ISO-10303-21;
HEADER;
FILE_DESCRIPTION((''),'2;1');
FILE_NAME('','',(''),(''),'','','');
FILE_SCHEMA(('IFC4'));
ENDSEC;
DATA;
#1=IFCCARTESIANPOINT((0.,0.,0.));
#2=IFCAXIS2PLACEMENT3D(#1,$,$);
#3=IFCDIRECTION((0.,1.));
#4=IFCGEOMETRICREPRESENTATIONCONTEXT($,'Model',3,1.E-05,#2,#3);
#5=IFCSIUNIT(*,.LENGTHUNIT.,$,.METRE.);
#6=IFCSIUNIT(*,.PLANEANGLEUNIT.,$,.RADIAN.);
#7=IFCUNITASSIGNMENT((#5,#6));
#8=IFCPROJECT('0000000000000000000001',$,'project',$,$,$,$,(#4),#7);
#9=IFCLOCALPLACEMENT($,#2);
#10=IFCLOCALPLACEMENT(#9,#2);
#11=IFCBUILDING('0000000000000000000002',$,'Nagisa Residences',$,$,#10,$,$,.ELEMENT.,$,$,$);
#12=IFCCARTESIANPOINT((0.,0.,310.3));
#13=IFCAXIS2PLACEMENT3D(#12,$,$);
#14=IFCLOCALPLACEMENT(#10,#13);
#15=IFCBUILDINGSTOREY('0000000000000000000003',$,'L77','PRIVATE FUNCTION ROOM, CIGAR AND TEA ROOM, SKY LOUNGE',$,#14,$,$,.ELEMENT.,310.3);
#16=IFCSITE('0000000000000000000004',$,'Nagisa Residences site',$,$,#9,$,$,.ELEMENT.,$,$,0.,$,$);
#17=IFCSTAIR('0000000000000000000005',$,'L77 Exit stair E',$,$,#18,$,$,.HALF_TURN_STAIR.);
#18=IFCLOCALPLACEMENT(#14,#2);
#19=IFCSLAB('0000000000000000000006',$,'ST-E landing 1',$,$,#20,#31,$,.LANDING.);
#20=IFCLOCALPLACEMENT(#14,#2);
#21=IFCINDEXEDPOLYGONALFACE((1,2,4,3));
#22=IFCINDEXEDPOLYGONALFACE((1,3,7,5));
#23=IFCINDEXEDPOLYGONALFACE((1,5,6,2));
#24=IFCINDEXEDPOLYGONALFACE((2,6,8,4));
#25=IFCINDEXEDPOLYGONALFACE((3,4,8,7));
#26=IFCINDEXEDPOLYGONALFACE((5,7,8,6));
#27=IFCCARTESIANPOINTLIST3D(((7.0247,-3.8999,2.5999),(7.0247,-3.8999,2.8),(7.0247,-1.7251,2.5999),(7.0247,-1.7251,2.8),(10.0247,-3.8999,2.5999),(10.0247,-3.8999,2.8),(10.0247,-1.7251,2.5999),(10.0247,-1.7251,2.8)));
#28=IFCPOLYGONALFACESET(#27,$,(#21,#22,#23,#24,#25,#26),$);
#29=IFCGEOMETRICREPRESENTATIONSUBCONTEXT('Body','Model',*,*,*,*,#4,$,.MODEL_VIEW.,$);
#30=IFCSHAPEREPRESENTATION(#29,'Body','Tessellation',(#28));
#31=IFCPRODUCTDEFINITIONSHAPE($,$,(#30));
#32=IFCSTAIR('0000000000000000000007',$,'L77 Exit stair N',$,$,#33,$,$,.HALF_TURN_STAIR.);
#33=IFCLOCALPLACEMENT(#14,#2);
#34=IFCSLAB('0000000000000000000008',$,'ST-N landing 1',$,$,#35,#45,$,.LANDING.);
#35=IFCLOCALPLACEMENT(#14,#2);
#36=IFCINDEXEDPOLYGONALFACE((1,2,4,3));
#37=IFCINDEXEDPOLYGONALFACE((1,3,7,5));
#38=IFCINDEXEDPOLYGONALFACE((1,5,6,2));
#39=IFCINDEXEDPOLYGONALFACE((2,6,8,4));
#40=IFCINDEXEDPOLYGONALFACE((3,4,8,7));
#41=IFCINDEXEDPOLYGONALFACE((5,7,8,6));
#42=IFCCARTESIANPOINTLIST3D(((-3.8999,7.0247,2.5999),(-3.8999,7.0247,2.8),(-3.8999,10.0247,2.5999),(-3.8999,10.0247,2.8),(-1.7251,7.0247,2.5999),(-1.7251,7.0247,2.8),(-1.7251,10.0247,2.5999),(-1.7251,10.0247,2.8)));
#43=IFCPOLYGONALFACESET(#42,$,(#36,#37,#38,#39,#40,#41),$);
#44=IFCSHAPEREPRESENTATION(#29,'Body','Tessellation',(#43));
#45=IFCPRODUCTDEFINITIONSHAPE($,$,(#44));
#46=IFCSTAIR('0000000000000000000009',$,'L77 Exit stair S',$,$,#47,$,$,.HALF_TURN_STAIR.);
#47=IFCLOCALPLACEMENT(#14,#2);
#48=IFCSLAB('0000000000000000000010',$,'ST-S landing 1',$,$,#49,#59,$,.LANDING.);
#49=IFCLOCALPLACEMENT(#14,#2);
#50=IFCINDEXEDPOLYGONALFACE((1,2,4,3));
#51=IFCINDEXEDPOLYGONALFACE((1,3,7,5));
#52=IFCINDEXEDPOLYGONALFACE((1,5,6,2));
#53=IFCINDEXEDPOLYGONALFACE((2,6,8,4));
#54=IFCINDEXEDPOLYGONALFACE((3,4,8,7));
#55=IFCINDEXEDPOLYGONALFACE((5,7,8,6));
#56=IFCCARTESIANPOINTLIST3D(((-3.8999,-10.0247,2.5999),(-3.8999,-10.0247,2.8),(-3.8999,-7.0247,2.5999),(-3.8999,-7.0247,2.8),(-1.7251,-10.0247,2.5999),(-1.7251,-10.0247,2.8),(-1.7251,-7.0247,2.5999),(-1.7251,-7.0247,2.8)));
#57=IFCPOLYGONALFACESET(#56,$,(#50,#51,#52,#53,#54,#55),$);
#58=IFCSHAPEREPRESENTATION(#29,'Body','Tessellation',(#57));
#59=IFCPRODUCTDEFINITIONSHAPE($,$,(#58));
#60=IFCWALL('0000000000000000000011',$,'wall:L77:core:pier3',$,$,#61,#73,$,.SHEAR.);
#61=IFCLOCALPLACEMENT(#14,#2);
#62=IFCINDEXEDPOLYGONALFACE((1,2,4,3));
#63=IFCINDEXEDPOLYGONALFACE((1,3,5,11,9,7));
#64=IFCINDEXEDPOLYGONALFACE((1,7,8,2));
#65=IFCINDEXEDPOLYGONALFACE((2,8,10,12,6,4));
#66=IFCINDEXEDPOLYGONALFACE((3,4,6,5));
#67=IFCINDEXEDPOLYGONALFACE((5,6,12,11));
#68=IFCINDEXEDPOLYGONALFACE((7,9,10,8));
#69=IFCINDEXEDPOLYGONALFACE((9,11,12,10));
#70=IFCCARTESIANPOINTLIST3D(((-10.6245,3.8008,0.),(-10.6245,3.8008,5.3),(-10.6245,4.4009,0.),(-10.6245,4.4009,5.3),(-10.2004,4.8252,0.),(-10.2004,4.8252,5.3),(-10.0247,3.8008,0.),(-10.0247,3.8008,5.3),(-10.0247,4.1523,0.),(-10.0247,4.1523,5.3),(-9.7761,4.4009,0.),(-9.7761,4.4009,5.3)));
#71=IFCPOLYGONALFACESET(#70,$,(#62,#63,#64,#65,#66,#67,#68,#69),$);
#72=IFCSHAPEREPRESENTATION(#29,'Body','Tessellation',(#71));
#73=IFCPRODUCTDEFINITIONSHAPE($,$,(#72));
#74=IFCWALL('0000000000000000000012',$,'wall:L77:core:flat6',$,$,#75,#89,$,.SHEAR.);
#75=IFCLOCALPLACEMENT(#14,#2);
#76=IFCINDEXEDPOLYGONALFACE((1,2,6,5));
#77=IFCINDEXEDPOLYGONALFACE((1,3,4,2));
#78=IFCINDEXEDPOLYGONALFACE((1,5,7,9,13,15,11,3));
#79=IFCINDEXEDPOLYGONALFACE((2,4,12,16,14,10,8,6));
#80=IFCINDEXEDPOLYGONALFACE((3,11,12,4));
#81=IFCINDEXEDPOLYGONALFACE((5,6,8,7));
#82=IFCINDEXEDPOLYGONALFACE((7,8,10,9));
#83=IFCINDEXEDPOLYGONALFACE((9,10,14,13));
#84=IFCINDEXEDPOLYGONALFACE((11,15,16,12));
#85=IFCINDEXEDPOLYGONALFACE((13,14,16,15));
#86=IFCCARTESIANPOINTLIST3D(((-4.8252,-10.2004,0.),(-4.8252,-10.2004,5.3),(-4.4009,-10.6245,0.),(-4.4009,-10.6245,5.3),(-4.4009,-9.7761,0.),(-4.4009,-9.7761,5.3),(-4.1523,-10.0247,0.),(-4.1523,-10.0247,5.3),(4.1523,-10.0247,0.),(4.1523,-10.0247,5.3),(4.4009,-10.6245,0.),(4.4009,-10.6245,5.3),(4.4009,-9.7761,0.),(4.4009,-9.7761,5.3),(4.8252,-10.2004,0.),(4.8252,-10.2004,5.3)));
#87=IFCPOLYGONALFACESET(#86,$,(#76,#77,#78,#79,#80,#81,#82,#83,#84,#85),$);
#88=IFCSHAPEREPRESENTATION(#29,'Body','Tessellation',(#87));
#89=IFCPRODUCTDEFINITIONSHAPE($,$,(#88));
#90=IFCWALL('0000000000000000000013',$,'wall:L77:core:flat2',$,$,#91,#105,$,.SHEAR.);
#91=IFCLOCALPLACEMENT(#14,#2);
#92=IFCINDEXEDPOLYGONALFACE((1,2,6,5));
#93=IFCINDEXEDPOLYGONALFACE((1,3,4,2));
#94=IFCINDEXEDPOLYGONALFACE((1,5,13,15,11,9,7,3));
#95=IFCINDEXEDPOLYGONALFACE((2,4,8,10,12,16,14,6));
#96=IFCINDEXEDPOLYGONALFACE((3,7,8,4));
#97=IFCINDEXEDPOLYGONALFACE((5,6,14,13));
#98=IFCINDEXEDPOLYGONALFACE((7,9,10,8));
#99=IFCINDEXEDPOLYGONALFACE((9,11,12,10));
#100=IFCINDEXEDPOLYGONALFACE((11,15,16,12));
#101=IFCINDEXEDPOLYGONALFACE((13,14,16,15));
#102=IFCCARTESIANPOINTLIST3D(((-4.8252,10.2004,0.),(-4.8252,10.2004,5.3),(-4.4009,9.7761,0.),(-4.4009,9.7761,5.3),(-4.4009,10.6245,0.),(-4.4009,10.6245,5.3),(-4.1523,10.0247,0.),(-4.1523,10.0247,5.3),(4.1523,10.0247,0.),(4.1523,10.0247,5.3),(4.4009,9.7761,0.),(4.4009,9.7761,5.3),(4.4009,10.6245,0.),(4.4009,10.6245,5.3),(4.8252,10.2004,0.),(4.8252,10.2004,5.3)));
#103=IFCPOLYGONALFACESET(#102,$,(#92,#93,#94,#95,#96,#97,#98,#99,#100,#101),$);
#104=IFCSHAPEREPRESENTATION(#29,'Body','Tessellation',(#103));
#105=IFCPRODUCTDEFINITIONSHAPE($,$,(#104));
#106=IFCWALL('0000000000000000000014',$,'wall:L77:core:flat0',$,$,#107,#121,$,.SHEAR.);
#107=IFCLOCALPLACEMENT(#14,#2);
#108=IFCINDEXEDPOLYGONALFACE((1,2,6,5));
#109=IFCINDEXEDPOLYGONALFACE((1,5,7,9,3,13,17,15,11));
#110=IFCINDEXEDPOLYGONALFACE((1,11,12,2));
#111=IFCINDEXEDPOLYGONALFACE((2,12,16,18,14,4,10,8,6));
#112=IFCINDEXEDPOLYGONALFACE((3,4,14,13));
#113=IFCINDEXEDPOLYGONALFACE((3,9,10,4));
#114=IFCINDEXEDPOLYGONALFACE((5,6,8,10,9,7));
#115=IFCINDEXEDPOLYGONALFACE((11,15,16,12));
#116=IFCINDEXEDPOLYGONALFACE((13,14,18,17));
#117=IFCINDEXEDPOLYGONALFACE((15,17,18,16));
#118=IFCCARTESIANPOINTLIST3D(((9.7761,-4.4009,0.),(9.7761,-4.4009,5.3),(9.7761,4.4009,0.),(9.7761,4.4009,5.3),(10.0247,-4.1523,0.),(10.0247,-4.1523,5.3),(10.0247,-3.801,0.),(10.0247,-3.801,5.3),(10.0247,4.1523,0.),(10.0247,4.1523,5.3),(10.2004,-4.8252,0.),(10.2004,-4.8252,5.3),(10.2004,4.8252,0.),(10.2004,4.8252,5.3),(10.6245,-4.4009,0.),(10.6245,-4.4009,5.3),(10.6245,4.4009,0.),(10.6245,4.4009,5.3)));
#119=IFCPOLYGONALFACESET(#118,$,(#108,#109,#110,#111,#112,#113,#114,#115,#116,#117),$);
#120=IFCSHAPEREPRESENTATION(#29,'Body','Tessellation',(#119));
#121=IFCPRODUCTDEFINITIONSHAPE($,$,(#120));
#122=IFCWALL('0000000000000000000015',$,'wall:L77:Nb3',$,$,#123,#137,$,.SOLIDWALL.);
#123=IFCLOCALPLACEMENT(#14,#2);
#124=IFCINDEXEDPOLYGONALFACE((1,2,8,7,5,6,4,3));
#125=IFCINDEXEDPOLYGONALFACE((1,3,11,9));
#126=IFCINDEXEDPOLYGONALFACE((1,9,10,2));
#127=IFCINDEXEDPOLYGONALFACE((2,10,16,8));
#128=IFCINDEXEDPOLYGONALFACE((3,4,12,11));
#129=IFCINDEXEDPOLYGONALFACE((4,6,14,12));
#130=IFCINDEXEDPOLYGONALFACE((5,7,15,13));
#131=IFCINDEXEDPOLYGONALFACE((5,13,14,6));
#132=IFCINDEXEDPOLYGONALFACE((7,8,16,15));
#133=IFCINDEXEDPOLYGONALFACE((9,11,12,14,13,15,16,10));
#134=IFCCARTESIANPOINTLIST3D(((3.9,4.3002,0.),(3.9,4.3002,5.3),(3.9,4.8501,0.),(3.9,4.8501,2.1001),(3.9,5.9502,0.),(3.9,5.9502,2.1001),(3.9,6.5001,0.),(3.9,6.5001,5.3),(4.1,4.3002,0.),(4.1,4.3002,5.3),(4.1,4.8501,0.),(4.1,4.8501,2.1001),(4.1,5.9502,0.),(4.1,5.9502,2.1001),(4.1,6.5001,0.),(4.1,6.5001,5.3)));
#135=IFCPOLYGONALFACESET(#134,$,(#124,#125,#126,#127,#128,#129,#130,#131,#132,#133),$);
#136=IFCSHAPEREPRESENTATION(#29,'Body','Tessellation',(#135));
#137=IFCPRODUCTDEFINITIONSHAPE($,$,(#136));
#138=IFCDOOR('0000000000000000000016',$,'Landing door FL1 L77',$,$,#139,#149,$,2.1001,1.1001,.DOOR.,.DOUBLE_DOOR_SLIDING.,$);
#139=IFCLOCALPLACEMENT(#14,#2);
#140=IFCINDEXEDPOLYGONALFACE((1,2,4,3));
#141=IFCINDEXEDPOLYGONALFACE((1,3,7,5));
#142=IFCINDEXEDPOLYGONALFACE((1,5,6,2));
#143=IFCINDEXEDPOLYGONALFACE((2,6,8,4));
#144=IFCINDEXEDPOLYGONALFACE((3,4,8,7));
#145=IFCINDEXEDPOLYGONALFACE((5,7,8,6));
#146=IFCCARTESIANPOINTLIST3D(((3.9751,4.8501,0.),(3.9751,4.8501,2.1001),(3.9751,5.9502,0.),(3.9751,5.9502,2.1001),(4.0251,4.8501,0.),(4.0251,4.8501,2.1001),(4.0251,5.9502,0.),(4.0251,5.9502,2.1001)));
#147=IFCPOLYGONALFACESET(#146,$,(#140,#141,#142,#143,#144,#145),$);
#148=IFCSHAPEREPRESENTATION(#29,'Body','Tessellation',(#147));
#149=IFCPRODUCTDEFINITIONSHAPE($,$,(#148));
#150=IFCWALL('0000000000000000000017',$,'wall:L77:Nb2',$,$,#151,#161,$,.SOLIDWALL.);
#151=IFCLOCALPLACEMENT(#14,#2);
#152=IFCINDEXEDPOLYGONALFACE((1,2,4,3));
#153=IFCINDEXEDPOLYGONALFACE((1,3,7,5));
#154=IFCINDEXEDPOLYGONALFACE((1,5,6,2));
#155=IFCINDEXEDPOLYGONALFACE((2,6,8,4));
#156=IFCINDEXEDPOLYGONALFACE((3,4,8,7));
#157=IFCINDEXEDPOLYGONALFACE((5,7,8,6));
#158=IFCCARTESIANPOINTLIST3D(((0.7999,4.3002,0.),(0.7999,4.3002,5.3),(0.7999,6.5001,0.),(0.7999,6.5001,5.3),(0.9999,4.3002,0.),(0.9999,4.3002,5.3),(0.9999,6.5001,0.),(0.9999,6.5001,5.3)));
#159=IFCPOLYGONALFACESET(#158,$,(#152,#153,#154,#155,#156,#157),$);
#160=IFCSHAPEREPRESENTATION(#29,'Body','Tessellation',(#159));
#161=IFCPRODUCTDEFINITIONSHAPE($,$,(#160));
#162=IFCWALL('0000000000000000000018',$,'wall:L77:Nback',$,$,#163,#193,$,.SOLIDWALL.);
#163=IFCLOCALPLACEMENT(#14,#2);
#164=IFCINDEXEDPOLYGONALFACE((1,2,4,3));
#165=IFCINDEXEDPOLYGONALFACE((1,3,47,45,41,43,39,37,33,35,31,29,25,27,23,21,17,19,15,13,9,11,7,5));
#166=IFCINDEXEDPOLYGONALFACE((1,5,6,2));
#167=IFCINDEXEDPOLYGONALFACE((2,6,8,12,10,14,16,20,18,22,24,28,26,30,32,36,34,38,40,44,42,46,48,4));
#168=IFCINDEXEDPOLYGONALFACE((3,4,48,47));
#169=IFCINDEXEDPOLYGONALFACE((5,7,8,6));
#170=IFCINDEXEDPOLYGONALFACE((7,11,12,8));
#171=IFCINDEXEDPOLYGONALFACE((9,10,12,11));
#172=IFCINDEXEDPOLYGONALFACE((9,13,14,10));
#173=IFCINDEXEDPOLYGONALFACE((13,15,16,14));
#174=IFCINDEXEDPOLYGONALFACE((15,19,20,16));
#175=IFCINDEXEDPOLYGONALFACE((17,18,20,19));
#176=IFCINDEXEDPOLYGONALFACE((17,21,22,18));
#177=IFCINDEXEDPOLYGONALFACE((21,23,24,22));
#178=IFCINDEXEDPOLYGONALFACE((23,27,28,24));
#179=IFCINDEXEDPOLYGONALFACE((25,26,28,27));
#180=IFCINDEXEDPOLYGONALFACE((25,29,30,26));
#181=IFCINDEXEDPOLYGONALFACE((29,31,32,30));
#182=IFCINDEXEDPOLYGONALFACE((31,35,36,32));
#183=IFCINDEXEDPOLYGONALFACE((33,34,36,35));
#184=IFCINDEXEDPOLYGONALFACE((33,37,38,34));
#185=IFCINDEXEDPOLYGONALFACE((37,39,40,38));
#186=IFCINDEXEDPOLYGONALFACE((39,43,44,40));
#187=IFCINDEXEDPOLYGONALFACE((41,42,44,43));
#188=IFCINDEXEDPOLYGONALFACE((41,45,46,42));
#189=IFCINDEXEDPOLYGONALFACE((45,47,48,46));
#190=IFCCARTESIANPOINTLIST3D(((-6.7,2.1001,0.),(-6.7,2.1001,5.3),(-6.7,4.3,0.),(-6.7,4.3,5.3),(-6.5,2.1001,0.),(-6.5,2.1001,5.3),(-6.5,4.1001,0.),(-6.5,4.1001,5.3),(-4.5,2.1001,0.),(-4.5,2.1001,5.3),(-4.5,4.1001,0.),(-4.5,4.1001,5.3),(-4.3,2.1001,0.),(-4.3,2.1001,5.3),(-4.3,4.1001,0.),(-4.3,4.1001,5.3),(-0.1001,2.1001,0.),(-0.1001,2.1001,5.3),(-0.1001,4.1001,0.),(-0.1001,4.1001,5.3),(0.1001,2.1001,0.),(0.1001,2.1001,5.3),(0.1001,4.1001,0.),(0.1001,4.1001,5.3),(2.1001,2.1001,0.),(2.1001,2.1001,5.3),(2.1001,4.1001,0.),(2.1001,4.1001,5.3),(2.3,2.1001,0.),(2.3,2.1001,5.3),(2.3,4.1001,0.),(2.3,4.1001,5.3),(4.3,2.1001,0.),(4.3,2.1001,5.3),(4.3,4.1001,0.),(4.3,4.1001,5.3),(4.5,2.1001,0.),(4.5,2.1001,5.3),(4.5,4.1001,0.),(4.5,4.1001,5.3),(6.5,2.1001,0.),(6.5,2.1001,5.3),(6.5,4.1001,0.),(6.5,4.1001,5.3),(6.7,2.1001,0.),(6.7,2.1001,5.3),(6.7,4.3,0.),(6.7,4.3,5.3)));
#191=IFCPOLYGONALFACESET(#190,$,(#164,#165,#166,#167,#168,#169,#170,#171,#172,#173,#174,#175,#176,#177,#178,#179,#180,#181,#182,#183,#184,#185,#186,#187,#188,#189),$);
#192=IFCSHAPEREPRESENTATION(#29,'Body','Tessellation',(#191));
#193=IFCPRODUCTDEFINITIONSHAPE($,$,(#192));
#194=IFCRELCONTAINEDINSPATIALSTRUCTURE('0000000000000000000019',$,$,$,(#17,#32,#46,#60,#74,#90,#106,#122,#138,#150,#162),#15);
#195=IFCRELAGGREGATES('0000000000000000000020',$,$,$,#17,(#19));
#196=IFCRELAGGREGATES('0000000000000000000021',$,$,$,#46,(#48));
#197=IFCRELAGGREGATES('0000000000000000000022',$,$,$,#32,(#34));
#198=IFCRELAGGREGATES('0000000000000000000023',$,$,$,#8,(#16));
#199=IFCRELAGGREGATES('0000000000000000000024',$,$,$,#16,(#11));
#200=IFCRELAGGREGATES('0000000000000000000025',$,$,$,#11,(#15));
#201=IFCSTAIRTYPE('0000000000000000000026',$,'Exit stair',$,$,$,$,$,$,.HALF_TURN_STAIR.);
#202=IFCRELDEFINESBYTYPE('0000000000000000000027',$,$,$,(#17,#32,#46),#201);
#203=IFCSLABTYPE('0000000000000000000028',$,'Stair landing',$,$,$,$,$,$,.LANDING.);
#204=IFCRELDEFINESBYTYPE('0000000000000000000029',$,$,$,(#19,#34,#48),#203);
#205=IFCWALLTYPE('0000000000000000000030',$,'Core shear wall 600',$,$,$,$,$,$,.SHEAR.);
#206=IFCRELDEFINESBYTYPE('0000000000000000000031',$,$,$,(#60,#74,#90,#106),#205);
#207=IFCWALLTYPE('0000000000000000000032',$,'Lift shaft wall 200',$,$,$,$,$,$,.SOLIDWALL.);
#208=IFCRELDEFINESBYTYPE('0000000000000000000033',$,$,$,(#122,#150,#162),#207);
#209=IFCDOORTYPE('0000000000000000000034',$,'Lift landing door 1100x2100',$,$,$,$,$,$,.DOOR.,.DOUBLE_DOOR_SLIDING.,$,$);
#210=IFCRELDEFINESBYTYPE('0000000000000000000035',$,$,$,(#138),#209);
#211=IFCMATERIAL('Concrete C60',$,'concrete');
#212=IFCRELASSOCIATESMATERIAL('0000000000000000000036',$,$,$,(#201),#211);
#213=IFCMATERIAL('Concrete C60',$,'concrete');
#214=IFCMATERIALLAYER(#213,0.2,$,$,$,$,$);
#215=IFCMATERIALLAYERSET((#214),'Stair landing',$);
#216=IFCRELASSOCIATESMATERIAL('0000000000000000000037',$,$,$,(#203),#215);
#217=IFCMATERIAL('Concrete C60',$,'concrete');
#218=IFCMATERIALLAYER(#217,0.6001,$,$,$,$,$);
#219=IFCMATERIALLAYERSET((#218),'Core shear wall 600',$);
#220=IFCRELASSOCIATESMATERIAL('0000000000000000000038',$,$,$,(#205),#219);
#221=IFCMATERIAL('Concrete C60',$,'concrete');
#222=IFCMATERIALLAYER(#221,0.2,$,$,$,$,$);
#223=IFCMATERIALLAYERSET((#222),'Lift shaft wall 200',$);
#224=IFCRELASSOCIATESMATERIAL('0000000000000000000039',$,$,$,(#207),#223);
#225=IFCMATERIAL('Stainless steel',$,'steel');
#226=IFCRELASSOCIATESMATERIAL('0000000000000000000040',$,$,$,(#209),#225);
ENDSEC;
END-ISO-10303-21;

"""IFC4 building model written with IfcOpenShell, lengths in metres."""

from ifc_helpers import new_model, si_unit, direction, frame, frame_2d, origin, place, context, subcontext, project, spatial, polyline, rectangle, outline, extrude, material, layer, layer_set, type_object, element, fill, aggregate, save


model = new_model("IFC4")

# Units and contexts
model_context = context("Model", 3, precision=1e-05, world=origin(), true_north=direction((0.0, 1.0)))
body_context = subcontext(model_context, "Body", "Model", "MODEL_VIEW")
ifc_project = project(units=[si_unit("LENGTHUNIT", "METRE"), si_unit("PLANEANGLEUNIT", "RADIAN")], contexts=[model_context])

# Site, building, storey
site_placement = place(None, origin())
site = spatial("IfcSite", under=ifc_project, at=site_placement, Name="Nagisa Residences site", CompositionType="ELEMENT", RefElevation=0.0)
building_placement = place(site_placement, origin())
building = spatial("IfcBuilding", under=site, at=building_placement, Name="Nagisa Residences", CompositionType="ELEMENT")
storey_placement = place(building_placement, frame((0.0, 0.0, 310.3)))
storey = spatial("IfcBuildingStorey", under=building, at=storey_placement, Name="L77", Description="PRIVATE FUNCTION ROOM, CIGAR AND TEA ROOM, SKY LOUNGE", CompositionType="ELEMENT", Elevation=310.3)

# Stairs, slabs
ifc_material_1 = material(Name="Concrete C60", Category="concrete")
stair_type = type_object("IfcStairType", Name="Exit stair", PredefinedType="HALF_TURN_STAIR", material=ifc_material_1)
stair_1_placement = place(storey_placement, origin())
stair_1 = element("IfcStair", 1, at=stair_1_placement, inside=storey, type_object=stair_type, Name="L77 Exit stair E", PredefinedType="HALF_TURN_STAIR")
ifc_material_2 = material(Name="Concrete C60", Category="concrete")
ifc_layer_1 = layer(ifc_material_2, 0.2)
ifc_layer_set_1 = layer_set([ifc_layer_1], Name="Stair landing")
slab_type = type_object("IfcSlabType", Name="Stair landing", PredefinedType="LANDING", material=ifc_layer_set_1)
slab_1_placement = place(storey_placement, frame((0.0, 0.0, 2.5999)))
slab_1 = element("IfcSlab", 2, at=slab_1_placement, type_object=slab_type, Name="ST-E landing 1", PredefinedType="LANDING", context=body_context, shape_type="SweptSolid", body=[
    extrude(outline(polyline([(7.0247, -1.7251), (7.0247, -3.8999), (10.0247, -3.8999), (10.0247, -1.7251), (7.0247, -1.7251)])), origin(), (0.0, 0.0, 1.0), 0.2002),
])
aggregate(stair_1, [slab_1])
stair_2_placement = place(storey_placement, origin())
stair_2 = element("IfcStair", 3, at=stair_2_placement, inside=storey, type_object=stair_type, Name="L77 Exit stair N", PredefinedType="HALF_TURN_STAIR")
slab_2_placement = place(storey_placement, frame((0.0, 0.0, 2.5999)))
slab_2 = element("IfcSlab", 4, at=slab_2_placement, type_object=slab_type, Name="ST-N landing 1", PredefinedType="LANDING", context=body_context, shape_type="SweptSolid", body=[
    extrude(outline(polyline([(-1.7251, 10.0247), (-3.8999, 10.0247), (-3.8999, 7.0247), (-1.7251, 7.0247), (-1.7251, 10.0247)])), origin(), (0.0, 0.0, 1.0), 0.2002),
])
stair_3_placement = place(storey_placement, origin())
stair_3 = element("IfcStair", 5, at=stair_3_placement, inside=storey, type_object=stair_type, Name="L77 Exit stair S", PredefinedType="HALF_TURN_STAIR")
slab_3_placement = place(storey_placement, frame((0.0, 0.0, 2.5999)))
slab_3 = element("IfcSlab", 6, at=slab_3_placement, type_object=slab_type, Name="ST-S landing 1", PredefinedType="LANDING", context=body_context, shape_type="SweptSolid", body=[
    extrude(outline(polyline([(-1.7251, -7.0247), (-3.8999, -7.0247), (-3.8999, -10.0247), (-1.7251, -10.0247), (-1.7251, -7.0247)])), origin(), (0.0, 0.0, 1.0), 0.2002),
])
aggregate(stair_3, [slab_3])

# Walls
ifc_material_3 = material(Name="Concrete C60", Category="concrete")
ifc_layer_2 = layer(ifc_material_3, 0.6001)
ifc_layer_set_2 = layer_set([ifc_layer_2], Name="Core shear wall 600")
wall_type_1 = type_object("IfcWallType", Name="Core shear wall 600", PredefinedType="SHEAR", material=ifc_layer_set_2)
wall_1_placement = place(storey_placement, origin())
element("IfcWall", 7, at=wall_1_placement, inside=storey, type_object=wall_type_1, Name="wall:L77:core:pier3", PredefinedType="SHEAR", context=body_context, shape_type="SweptSolid", body=[
    extrude(outline(polyline([(-10.2004, 4.8252), (-9.7761, 4.4009), (-10.0247, 4.1523), (-10.0247, 3.8008), (-10.6245, 3.8008), (-10.6245, 4.4009), (-10.2004, 4.8252)])), origin(), (0.0, 0.0, 1.0), 5.3),
])
wall_2_placement = place(storey_placement, origin())
element("IfcWall", 8, at=wall_2_placement, inside=storey, type_object=wall_type_1, Name="wall:L77:core:flat6", PredefinedType="SHEAR", context=body_context, shape_type="SweptSolid", body=[
    extrude(outline(polyline([(-4.1523, -10.0247), (4.1523, -10.0247), (4.4009, -9.7761), (4.8252, -10.2004), (4.4009, -10.6245), (-4.4009, -10.6245), (-4.8252, -10.2004), (-4.4009, -9.7761), (-4.1523, -10.0247)])), origin(), (0.0, 0.0, 1.0), 5.3),
])
wall_3_placement = place(storey_placement, origin())
element("IfcWall", 9, at=wall_3_placement, inside=storey, type_object=wall_type_1, Name="wall:L77:core:flat2", PredefinedType="SHEAR", context=body_context, shape_type="SweptSolid", body=[
    extrude(outline(polyline([(-4.1523, 10.0247), (-4.4009, 9.7761), (-4.8252, 10.2004), (-4.4009, 10.6245), (4.4009, 10.6245), (4.8252, 10.2004), (4.4009, 9.7761), (4.1523, 10.0247), (-4.1523, 10.0247)])), origin(), (0.0, 0.0, 1.0), 5.3),
])
wall_4_placement = place(storey_placement, origin())
element("IfcWall", 10, at=wall_4_placement, inside=storey, type_object=wall_type_1, Name="wall:L77:core:flat0", PredefinedType="SHEAR", context=body_context, shape_type="SweptSolid", body=[
    extrude(outline(polyline([(9.7761, -4.4009), (10.0247, -4.1523), (10.0247, -3.801), (10.0247, 4.1523), (9.7761, 4.4009), (10.2004, 4.8252), (10.6245, 4.4009), (10.6245, -4.4009), (10.2004, -4.8252), (9.7761, -4.4009)])), origin(), (0.0, 0.0, 1.0), 5.3),
])

# Wall, opening, door
ifc_material_4 = material(Name="Concrete C60", Category="concrete")
ifc_layer_3 = layer(ifc_material_4, 0.2)
ifc_layer_set_3 = layer_set([ifc_layer_3], Name="Lift shaft wall 200")
wall_type_2 = type_object("IfcWallType", Name="Lift shaft wall 200", PredefinedType="SOLIDWALL", material=ifc_layer_set_3)
wall_5_placement = place(storey_placement, frame((4.0, 4.3, 0.0), z_axis=(0.0, 0.0, 1.0), x_axis=(0.0, 1.0, 0.0)))
wall_5 = element("IfcWall", 11, at=wall_5_placement, inside=storey, type_object=wall_type_2, Name="wall:L77:Nb3", PredefinedType="SOLIDWALL", context=body_context, shape_type="SweptSolid", body=[
    extrude(rectangle(XDim=2.2, YDim=0.2, at=frame_2d((1.1001, 0.0))), origin(), (0.0, 0.0, 1.0), 5.3),
])
opening_placement = place(wall_5_placement, frame((0.55, 0.0, 0.0)))
opening = element("IfcOpeningElement", 12, at=opening_placement, cuts=wall_5, PredefinedType="OPENING", context=body_context, shape_type="SweptSolid", body=[
    extrude(rectangle(XDim=1.1001, YDim=2.1001, at=frame_2d((0.55, 1.05))), frame((0.0, 0.1099, 0.0), z_axis=(0.0, -1.0, 0.0), x_axis=(1.0, 0.0, 0.0)), (0.0, 0.0, 1.0), 0.22),
])
ifc_material_5 = material(Name="Stainless steel", Category="steel")
door_type = type_object("IfcDoorType", Name="Lift landing door 1100x2100", OperationType="DOUBLE_DOOR_SLIDING", PredefinedType="DOOR", material=ifc_material_5)
door_placement = place(opening_placement, origin())
door = element("IfcDoor", 13, at=door_placement, inside=storey, type_object=door_type, Name="Landing door FL1 L77", OperationType="DOUBLE_DOOR_SLIDING", OverallHeight=2.1001, OverallWidth=1.1001, PredefinedType="DOOR", context=body_context, shape_type="SweptSolid", body=[
    extrude(rectangle(XDim=1.1001, YDim=2.1001, at=frame_2d((0.55, 1.05))), frame((0.0, 0.0249, 0.0), z_axis=(0.0, -1.0, 0.0), x_axis=(1.0, 0.0, 0.0)), (0.0, 0.0, 1.0), 0.05),
])
fill(opening, door)

# Walls
wall_6_placement = place(storey_placement, frame((0.8999, 4.3, 0.0), z_axis=(0.0, 0.0, 1.0), x_axis=(0.0, 1.0, 0.0)))
element("IfcWall", 14, at=wall_6_placement, inside=storey, type_object=wall_type_2, Name="wall:L77:Nb2", PredefinedType="SOLIDWALL", context=body_context, shape_type="SweptSolid", body=[
    extrude(rectangle(XDim=2.2, YDim=0.2, at=frame_2d((1.1001, 0.0))), origin(), (0.0, 0.0, 1.0), 5.3),
])
wall_7_placement = place(storey_placement, origin())
element("IfcWall", 15, at=wall_7_placement, inside=storey, type_object=wall_type_2, Name="wall:L77:Nback", PredefinedType="SOLIDWALL", context=body_context, shape_type="SweptSolid", body=[
    extrude(outline(polyline([(-6.7, 4.3), (6.7, 4.3), (6.7, 2.1001), (6.5, 2.1001), (6.5, 4.1001), (4.5, 4.1001), (4.5, 2.1001), (4.3, 2.1001), (4.3, 4.1001), (2.3, 4.1001), (2.3, 2.1001), (2.1001, 2.1001), (2.1001, 4.1001), (0.1001, 4.1001), (0.1001, 2.1001), (-0.1001, 2.1001), (-0.1001, 4.1001), (-4.3, 4.1001), (-4.3, 2.1001), (-4.5, 2.1001), (-4.5, 4.1001), (-6.5, 4.1001), (-6.5, 2.1001), (-6.7, 2.1001), (-6.7, 4.3)])), origin(), (0.0, 0.0, 1.0), 5.3),
])

aggregate(stair_2, [slab_2])

save(model, "model.ifc")
